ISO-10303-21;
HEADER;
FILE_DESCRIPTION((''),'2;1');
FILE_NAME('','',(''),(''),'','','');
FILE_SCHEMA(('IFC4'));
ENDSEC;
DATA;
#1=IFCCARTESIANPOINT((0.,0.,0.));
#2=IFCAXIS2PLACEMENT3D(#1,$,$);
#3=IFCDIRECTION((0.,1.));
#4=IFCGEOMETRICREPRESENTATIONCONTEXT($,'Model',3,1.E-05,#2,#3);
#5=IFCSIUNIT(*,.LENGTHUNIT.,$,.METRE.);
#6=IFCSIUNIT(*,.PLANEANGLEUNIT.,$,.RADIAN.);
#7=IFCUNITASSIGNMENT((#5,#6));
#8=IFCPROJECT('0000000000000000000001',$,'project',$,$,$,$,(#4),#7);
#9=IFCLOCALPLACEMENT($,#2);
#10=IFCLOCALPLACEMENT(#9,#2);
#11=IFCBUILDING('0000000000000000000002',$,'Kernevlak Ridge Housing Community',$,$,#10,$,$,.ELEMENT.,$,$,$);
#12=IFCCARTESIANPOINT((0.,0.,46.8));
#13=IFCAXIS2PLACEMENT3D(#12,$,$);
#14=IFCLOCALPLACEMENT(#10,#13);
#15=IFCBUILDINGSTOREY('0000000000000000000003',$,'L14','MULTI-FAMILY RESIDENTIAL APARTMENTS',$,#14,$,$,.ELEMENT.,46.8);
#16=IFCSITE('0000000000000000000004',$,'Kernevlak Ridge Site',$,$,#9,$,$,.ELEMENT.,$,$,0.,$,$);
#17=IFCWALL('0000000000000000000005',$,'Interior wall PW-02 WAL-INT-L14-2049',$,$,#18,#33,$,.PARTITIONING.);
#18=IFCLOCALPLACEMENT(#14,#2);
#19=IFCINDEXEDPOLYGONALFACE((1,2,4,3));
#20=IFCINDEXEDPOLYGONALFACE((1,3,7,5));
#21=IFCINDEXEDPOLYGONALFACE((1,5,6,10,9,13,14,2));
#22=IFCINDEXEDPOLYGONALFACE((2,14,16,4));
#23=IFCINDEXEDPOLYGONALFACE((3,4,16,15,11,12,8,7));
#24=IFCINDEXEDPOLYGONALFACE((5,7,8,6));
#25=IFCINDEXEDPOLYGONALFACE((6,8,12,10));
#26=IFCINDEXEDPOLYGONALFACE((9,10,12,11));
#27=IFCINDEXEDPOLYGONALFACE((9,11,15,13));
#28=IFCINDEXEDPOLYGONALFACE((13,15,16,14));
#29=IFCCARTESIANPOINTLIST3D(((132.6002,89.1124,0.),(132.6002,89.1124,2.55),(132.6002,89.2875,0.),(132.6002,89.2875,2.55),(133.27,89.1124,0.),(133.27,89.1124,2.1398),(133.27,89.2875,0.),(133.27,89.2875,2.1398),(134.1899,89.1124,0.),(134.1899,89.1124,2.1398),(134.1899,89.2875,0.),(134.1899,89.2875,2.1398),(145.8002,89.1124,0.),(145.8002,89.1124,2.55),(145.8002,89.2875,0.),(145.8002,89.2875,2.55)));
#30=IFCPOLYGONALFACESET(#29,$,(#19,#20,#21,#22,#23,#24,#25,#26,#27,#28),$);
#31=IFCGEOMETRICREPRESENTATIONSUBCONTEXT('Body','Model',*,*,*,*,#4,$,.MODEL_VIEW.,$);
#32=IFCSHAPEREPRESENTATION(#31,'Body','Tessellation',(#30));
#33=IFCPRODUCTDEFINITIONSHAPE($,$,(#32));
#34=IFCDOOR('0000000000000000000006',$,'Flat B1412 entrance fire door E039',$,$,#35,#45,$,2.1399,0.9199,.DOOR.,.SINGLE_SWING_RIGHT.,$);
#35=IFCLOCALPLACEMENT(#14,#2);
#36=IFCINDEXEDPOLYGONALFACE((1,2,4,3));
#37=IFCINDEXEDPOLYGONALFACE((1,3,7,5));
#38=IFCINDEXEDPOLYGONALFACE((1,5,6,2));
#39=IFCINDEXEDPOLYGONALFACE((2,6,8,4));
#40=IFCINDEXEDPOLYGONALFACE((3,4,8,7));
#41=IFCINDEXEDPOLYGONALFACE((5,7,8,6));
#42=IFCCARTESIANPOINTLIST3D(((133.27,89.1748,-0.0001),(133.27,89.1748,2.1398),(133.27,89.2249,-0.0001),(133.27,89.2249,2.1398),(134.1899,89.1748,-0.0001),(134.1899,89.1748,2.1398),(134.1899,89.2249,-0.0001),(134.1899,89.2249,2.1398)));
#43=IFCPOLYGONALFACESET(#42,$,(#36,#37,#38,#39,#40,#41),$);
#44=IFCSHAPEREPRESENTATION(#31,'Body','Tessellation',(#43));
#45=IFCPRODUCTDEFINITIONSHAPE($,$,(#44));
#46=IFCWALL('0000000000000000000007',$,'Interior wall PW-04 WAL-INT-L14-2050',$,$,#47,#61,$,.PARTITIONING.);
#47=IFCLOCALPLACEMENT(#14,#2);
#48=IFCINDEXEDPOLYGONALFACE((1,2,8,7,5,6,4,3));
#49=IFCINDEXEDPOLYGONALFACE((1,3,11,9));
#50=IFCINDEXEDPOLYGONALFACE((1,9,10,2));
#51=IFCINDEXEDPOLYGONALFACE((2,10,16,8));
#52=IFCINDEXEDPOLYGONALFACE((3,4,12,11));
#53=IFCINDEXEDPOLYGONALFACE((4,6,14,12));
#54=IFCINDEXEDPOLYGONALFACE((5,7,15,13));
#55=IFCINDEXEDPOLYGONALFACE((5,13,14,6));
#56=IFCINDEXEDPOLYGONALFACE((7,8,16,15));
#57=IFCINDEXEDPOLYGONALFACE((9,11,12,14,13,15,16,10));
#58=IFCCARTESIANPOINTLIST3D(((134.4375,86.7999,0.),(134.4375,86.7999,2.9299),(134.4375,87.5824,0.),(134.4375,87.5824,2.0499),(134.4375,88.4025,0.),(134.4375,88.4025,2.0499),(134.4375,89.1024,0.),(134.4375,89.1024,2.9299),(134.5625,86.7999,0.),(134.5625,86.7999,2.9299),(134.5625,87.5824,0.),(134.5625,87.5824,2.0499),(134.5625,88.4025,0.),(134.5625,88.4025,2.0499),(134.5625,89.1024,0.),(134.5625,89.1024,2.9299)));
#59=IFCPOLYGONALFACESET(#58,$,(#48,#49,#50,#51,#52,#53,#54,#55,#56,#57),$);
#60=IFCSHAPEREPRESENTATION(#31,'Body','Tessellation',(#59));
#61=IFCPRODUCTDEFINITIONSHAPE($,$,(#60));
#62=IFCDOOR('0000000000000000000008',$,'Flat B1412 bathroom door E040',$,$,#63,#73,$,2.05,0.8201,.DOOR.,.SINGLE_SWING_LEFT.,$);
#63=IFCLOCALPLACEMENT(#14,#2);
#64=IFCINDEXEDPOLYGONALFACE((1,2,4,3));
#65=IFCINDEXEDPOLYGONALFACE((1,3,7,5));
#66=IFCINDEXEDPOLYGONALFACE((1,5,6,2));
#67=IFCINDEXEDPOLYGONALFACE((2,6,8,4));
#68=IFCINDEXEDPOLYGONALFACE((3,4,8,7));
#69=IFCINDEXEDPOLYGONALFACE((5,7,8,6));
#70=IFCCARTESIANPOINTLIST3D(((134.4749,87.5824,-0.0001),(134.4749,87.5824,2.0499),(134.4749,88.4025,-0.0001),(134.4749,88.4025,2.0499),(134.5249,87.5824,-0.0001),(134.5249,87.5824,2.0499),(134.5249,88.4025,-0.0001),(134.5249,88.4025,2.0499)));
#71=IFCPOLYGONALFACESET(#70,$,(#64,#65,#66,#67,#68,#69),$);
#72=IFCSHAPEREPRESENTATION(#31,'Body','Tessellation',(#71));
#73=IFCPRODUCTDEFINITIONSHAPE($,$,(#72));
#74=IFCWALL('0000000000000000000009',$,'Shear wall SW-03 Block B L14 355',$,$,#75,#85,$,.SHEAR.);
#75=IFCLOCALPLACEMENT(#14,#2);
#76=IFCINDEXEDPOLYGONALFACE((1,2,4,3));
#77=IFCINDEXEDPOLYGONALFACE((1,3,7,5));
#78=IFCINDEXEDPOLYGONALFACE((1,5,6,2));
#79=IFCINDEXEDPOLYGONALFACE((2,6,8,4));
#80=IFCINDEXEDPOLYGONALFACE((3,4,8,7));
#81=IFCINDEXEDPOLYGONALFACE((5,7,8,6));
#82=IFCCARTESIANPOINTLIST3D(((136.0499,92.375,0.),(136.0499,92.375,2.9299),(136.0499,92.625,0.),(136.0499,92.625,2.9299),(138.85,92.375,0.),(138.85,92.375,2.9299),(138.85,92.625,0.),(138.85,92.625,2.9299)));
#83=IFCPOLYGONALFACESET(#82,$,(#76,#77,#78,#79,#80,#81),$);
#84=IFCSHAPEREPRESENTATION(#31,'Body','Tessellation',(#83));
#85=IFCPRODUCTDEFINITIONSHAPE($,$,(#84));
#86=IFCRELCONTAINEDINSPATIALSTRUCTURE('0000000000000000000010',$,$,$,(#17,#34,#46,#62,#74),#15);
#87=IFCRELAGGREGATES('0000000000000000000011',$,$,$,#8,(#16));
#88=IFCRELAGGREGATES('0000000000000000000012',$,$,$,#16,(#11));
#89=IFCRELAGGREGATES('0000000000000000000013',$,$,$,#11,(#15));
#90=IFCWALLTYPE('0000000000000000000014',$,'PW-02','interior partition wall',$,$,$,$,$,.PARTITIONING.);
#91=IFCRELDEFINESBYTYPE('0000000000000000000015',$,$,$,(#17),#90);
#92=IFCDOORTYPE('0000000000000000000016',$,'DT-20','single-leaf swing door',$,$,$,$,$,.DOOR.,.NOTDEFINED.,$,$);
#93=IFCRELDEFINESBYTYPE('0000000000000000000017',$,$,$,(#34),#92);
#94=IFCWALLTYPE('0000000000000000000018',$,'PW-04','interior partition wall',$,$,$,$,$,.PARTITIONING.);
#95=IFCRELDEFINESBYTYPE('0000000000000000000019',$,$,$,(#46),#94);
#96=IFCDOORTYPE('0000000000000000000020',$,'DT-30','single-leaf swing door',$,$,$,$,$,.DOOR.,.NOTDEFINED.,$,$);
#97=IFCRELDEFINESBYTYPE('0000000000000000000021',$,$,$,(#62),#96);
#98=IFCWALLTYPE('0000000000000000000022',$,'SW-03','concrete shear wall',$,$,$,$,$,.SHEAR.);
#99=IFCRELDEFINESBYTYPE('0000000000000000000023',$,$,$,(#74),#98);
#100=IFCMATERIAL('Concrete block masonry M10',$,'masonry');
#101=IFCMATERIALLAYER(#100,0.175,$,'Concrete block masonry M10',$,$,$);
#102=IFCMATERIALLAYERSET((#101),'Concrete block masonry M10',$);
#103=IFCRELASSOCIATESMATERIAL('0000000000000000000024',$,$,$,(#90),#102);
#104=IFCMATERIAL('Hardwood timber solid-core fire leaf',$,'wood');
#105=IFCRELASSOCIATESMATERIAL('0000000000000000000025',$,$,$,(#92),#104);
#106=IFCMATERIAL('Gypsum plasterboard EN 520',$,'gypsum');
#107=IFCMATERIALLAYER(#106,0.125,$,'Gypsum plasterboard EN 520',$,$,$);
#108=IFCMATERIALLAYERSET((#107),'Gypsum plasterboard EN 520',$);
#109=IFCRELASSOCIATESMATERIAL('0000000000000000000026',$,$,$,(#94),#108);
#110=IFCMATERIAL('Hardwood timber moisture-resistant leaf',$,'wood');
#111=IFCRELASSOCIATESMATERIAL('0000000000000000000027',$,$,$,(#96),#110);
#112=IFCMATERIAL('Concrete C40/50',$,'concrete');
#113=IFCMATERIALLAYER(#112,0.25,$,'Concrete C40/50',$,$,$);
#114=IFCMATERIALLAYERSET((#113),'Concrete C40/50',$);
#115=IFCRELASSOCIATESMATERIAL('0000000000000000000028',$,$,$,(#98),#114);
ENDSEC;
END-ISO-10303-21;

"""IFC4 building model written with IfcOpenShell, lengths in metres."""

from ifc_helpers import new_model, si_unit, direction, frame, frame_2d, origin, place, context, subcontext, project, spatial, rectangle, extrude, material, layer, layer_set, type_object, element, fill, save


model = new_model("IFC4")

# Units and contexts
model_context = context("Model", 3, precision=1e-05, world=origin(), true_north=direction((0.0, 1.0)))
body_context = subcontext(model_context, "Body", "Model", "MODEL_VIEW")
ifc_project = project(units=[si_unit("LENGTHUNIT", "METRE"), si_unit("PLANEANGLEUNIT", "RADIAN")], contexts=[model_context])

# Site, building, storey
site_placement = place(None, origin())
site = spatial("IfcSite", under=ifc_project, at=site_placement, Name="Kernevlak Ridge Site", CompositionType="ELEMENT", RefElevation=0.0)
building_placement = place(site_placement, origin())
building = spatial("IfcBuilding", under=site, at=building_placement, Name="Kernevlak Ridge Housing Community", CompositionType="ELEMENT")
storey_placement = place(building_placement, frame((0.0, 0.0, 46.8)))
storey = spatial("IfcBuildingStorey", under=building, at=storey_placement, Name="L14", Description="MULTI-FAMILY RESIDENTIAL APARTMENTS", CompositionType="ELEMENT", Elevation=46.8)

# Shared definitions
ifc_material_1 = material(Name="Concrete block masonry M10", Category="masonry")
ifc_layer_1 = layer(ifc_material_1, 0.175, Name="Concrete block masonry M10")
ifc_layer_set_1 = layer_set([ifc_layer_1], Name="Concrete block masonry M10")
wall_type_1 = type_object("IfcWallType", Name="PW-02", Description="interior partition wall", PredefinedType="PARTITIONING", material=ifc_layer_set_1)

# Walls, openings, doors
wall_1_placement = place(storey_placement, frame((132.6001, 89.2, 0.0), z_axis=(0.0, 0.0, 1.0), x_axis=(1.0, 0.0, 0.0)))
wall_1 = element("IfcWall", 1, at=wall_1_placement, inside=storey, type_object=wall_type_1, Name="Interior wall PW-02 WAL-INT-L14-2049", PredefinedType="PARTITIONING", context=body_context, shape_type="SweptSolid", body=[
    extrude(rectangle(XDim=13.2, YDim=0.175, at=frame_2d((6.6001, 0.0))), origin(), (0.0, 0.0, 1.0), 2.55),
])
opening_1_placement = place(wall_1_placement, frame((0.6699, 0.0, 0.0)))
opening_1 = element("IfcOpeningElement", 2, at=opening_1_placement, cuts=wall_1, PredefinedType="OPENING", context=body_context, shape_type="SweptSolid", body=[
    extrude(rectangle(XDim=0.9199, YDim=2.1399, at=frame_2d((0.46, 1.0698))), frame((0.0, 0.0974, 0.0), z_axis=(0.0, -1.0, 0.0), x_axis=(1.0, 0.0, 0.0)), (0.0, 0.0, 1.0), 0.1951),
])
ifc_material_2 = material(Name="Hardwood timber solid-core fire leaf", Category="wood")
door_type_1 = type_object("IfcDoorType", Name="DT-20", Description="single-leaf swing door", OperationType="NOTDEFINED", PredefinedType="DOOR", material=ifc_material_2)
door_1_placement = place(opening_1_placement, origin())
door_1 = element("IfcDoor", 3, at=door_1_placement, inside=storey, type_object=door_type_1, Name="Flat B1412 entrance fire door E039", OperationType="SINGLE_SWING_RIGHT", OverallHeight=2.1399, OverallWidth=0.9199, PredefinedType="DOOR", context=body_context, shape_type="SweptSolid", body=[
    extrude(rectangle(XDim=0.9199, YDim=2.1399, at=frame_2d((0.46, 1.0698))), frame((0.0, 0.0249, 0.0), z_axis=(0.0, -1.0, 0.0), x_axis=(1.0, 0.0, 0.0)), (0.0, 0.0, 1.0), 0.05),
])
fill(opening_1, door_1)
ifc_material_3 = material(Name="Gypsum plasterboard EN 520", Category="gypsum")
ifc_layer_2 = layer(ifc_material_3, 0.125, Name="Gypsum plasterboard EN 520")
ifc_layer_set_2 = layer_set([ifc_layer_2], Name="Gypsum plasterboard EN 520")
wall_type_2 = type_object("IfcWallType", Name="PW-04", Description="interior partition wall", PredefinedType="PARTITIONING", material=ifc_layer_set_2)
wall_2_placement = place(storey_placement, frame((134.5, 89.1025, 0.0), z_axis=(0.0, 0.0, 1.0), x_axis=(0.0, -1.0, 0.0)))
wall_2 = element("IfcWall", 4, at=wall_2_placement, inside=storey, type_object=wall_type_2, Name="Interior wall PW-04 WAL-INT-L14-2050", PredefinedType="PARTITIONING", context=body_context, shape_type="SweptSolid", body=[
    extrude(rectangle(XDim=2.3025, YDim=0.125, at=frame_2d((1.1514, 0.0))), origin(), (0.0, 0.0, 1.0), 2.9299),
])
opening_2_placement = place(wall_2_placement, frame((0.7, 0.0, 0.0)))
opening_2 = element("IfcOpeningElement", 5, at=opening_2_placement, cuts=wall_2, PredefinedType="OPENING", context=body_context, shape_type="SweptSolid", body=[
    extrude(rectangle(XDim=0.8201, YDim=2.05, at=frame_2d((0.4102, 1.0249))), frame((0.0, 0.0725, 0.0), z_axis=(0.0, -1.0, 0.0), x_axis=(1.0, 0.0, 0.0)), (0.0, 0.0, 1.0), 0.145),
])
ifc_material_4 = material(Name="Hardwood timber moisture-resistant leaf", Category="wood")
door_type_2 = type_object("IfcDoorType", Name="DT-30", Description="single-leaf swing door", OperationType="NOTDEFINED", PredefinedType="DOOR", material=ifc_material_4)
door_2_placement = place(opening_2_placement, origin())
door_2 = element("IfcDoor", 6, at=door_2_placement, inside=storey, type_object=door_type_2, Name="Flat B1412 bathroom door E040", OperationType="SINGLE_SWING_LEFT", OverallHeight=2.05, OverallWidth=0.8201, PredefinedType="DOOR", context=body_context, shape_type="SweptSolid", body=[
    extrude(rectangle(XDim=0.8201, YDim=2.05, at=frame_2d((0.4102, 1.0249))), frame((0.0, 0.0249, 0.0), z_axis=(0.0, -1.0, 0.0), x_axis=(1.0, 0.0, 0.0)), (0.0, 0.0, 1.0), 0.05),
])
fill(opening_2, door_2)

# Wall
ifc_material_5 = material(Name="Concrete C40/50", Category="concrete")
ifc_layer_3 = layer(ifc_material_5, 0.25, Name="Concrete C40/50")
ifc_layer_set_3 = layer_set([ifc_layer_3], Name="Concrete C40/50")
wall_type_3 = type_object("IfcWallType", Name="SW-03", Description="concrete shear wall", PredefinedType="SHEAR", material=ifc_layer_set_3)
wall_3_placement = place(storey_placement, frame((136.05, 92.5, 0.0), z_axis=(0.0, 0.0, 1.0), x_axis=(1.0, 0.0, 0.0)))
element("IfcWall", 7, at=wall_3_placement, inside=storey, type_object=wall_type_3, Name="Shear wall SW-03 Block B L14 355", PredefinedType="SHEAR", context=body_context, shape_type="SweptSolid", body=[
    extrude(rectangle(XDim=2.8, YDim=0.25, at=frame_2d((1.3999, 0.0))), origin(), (0.0, 0.0, 1.0), 2.9299),
])

save(model, "model.ifc")
